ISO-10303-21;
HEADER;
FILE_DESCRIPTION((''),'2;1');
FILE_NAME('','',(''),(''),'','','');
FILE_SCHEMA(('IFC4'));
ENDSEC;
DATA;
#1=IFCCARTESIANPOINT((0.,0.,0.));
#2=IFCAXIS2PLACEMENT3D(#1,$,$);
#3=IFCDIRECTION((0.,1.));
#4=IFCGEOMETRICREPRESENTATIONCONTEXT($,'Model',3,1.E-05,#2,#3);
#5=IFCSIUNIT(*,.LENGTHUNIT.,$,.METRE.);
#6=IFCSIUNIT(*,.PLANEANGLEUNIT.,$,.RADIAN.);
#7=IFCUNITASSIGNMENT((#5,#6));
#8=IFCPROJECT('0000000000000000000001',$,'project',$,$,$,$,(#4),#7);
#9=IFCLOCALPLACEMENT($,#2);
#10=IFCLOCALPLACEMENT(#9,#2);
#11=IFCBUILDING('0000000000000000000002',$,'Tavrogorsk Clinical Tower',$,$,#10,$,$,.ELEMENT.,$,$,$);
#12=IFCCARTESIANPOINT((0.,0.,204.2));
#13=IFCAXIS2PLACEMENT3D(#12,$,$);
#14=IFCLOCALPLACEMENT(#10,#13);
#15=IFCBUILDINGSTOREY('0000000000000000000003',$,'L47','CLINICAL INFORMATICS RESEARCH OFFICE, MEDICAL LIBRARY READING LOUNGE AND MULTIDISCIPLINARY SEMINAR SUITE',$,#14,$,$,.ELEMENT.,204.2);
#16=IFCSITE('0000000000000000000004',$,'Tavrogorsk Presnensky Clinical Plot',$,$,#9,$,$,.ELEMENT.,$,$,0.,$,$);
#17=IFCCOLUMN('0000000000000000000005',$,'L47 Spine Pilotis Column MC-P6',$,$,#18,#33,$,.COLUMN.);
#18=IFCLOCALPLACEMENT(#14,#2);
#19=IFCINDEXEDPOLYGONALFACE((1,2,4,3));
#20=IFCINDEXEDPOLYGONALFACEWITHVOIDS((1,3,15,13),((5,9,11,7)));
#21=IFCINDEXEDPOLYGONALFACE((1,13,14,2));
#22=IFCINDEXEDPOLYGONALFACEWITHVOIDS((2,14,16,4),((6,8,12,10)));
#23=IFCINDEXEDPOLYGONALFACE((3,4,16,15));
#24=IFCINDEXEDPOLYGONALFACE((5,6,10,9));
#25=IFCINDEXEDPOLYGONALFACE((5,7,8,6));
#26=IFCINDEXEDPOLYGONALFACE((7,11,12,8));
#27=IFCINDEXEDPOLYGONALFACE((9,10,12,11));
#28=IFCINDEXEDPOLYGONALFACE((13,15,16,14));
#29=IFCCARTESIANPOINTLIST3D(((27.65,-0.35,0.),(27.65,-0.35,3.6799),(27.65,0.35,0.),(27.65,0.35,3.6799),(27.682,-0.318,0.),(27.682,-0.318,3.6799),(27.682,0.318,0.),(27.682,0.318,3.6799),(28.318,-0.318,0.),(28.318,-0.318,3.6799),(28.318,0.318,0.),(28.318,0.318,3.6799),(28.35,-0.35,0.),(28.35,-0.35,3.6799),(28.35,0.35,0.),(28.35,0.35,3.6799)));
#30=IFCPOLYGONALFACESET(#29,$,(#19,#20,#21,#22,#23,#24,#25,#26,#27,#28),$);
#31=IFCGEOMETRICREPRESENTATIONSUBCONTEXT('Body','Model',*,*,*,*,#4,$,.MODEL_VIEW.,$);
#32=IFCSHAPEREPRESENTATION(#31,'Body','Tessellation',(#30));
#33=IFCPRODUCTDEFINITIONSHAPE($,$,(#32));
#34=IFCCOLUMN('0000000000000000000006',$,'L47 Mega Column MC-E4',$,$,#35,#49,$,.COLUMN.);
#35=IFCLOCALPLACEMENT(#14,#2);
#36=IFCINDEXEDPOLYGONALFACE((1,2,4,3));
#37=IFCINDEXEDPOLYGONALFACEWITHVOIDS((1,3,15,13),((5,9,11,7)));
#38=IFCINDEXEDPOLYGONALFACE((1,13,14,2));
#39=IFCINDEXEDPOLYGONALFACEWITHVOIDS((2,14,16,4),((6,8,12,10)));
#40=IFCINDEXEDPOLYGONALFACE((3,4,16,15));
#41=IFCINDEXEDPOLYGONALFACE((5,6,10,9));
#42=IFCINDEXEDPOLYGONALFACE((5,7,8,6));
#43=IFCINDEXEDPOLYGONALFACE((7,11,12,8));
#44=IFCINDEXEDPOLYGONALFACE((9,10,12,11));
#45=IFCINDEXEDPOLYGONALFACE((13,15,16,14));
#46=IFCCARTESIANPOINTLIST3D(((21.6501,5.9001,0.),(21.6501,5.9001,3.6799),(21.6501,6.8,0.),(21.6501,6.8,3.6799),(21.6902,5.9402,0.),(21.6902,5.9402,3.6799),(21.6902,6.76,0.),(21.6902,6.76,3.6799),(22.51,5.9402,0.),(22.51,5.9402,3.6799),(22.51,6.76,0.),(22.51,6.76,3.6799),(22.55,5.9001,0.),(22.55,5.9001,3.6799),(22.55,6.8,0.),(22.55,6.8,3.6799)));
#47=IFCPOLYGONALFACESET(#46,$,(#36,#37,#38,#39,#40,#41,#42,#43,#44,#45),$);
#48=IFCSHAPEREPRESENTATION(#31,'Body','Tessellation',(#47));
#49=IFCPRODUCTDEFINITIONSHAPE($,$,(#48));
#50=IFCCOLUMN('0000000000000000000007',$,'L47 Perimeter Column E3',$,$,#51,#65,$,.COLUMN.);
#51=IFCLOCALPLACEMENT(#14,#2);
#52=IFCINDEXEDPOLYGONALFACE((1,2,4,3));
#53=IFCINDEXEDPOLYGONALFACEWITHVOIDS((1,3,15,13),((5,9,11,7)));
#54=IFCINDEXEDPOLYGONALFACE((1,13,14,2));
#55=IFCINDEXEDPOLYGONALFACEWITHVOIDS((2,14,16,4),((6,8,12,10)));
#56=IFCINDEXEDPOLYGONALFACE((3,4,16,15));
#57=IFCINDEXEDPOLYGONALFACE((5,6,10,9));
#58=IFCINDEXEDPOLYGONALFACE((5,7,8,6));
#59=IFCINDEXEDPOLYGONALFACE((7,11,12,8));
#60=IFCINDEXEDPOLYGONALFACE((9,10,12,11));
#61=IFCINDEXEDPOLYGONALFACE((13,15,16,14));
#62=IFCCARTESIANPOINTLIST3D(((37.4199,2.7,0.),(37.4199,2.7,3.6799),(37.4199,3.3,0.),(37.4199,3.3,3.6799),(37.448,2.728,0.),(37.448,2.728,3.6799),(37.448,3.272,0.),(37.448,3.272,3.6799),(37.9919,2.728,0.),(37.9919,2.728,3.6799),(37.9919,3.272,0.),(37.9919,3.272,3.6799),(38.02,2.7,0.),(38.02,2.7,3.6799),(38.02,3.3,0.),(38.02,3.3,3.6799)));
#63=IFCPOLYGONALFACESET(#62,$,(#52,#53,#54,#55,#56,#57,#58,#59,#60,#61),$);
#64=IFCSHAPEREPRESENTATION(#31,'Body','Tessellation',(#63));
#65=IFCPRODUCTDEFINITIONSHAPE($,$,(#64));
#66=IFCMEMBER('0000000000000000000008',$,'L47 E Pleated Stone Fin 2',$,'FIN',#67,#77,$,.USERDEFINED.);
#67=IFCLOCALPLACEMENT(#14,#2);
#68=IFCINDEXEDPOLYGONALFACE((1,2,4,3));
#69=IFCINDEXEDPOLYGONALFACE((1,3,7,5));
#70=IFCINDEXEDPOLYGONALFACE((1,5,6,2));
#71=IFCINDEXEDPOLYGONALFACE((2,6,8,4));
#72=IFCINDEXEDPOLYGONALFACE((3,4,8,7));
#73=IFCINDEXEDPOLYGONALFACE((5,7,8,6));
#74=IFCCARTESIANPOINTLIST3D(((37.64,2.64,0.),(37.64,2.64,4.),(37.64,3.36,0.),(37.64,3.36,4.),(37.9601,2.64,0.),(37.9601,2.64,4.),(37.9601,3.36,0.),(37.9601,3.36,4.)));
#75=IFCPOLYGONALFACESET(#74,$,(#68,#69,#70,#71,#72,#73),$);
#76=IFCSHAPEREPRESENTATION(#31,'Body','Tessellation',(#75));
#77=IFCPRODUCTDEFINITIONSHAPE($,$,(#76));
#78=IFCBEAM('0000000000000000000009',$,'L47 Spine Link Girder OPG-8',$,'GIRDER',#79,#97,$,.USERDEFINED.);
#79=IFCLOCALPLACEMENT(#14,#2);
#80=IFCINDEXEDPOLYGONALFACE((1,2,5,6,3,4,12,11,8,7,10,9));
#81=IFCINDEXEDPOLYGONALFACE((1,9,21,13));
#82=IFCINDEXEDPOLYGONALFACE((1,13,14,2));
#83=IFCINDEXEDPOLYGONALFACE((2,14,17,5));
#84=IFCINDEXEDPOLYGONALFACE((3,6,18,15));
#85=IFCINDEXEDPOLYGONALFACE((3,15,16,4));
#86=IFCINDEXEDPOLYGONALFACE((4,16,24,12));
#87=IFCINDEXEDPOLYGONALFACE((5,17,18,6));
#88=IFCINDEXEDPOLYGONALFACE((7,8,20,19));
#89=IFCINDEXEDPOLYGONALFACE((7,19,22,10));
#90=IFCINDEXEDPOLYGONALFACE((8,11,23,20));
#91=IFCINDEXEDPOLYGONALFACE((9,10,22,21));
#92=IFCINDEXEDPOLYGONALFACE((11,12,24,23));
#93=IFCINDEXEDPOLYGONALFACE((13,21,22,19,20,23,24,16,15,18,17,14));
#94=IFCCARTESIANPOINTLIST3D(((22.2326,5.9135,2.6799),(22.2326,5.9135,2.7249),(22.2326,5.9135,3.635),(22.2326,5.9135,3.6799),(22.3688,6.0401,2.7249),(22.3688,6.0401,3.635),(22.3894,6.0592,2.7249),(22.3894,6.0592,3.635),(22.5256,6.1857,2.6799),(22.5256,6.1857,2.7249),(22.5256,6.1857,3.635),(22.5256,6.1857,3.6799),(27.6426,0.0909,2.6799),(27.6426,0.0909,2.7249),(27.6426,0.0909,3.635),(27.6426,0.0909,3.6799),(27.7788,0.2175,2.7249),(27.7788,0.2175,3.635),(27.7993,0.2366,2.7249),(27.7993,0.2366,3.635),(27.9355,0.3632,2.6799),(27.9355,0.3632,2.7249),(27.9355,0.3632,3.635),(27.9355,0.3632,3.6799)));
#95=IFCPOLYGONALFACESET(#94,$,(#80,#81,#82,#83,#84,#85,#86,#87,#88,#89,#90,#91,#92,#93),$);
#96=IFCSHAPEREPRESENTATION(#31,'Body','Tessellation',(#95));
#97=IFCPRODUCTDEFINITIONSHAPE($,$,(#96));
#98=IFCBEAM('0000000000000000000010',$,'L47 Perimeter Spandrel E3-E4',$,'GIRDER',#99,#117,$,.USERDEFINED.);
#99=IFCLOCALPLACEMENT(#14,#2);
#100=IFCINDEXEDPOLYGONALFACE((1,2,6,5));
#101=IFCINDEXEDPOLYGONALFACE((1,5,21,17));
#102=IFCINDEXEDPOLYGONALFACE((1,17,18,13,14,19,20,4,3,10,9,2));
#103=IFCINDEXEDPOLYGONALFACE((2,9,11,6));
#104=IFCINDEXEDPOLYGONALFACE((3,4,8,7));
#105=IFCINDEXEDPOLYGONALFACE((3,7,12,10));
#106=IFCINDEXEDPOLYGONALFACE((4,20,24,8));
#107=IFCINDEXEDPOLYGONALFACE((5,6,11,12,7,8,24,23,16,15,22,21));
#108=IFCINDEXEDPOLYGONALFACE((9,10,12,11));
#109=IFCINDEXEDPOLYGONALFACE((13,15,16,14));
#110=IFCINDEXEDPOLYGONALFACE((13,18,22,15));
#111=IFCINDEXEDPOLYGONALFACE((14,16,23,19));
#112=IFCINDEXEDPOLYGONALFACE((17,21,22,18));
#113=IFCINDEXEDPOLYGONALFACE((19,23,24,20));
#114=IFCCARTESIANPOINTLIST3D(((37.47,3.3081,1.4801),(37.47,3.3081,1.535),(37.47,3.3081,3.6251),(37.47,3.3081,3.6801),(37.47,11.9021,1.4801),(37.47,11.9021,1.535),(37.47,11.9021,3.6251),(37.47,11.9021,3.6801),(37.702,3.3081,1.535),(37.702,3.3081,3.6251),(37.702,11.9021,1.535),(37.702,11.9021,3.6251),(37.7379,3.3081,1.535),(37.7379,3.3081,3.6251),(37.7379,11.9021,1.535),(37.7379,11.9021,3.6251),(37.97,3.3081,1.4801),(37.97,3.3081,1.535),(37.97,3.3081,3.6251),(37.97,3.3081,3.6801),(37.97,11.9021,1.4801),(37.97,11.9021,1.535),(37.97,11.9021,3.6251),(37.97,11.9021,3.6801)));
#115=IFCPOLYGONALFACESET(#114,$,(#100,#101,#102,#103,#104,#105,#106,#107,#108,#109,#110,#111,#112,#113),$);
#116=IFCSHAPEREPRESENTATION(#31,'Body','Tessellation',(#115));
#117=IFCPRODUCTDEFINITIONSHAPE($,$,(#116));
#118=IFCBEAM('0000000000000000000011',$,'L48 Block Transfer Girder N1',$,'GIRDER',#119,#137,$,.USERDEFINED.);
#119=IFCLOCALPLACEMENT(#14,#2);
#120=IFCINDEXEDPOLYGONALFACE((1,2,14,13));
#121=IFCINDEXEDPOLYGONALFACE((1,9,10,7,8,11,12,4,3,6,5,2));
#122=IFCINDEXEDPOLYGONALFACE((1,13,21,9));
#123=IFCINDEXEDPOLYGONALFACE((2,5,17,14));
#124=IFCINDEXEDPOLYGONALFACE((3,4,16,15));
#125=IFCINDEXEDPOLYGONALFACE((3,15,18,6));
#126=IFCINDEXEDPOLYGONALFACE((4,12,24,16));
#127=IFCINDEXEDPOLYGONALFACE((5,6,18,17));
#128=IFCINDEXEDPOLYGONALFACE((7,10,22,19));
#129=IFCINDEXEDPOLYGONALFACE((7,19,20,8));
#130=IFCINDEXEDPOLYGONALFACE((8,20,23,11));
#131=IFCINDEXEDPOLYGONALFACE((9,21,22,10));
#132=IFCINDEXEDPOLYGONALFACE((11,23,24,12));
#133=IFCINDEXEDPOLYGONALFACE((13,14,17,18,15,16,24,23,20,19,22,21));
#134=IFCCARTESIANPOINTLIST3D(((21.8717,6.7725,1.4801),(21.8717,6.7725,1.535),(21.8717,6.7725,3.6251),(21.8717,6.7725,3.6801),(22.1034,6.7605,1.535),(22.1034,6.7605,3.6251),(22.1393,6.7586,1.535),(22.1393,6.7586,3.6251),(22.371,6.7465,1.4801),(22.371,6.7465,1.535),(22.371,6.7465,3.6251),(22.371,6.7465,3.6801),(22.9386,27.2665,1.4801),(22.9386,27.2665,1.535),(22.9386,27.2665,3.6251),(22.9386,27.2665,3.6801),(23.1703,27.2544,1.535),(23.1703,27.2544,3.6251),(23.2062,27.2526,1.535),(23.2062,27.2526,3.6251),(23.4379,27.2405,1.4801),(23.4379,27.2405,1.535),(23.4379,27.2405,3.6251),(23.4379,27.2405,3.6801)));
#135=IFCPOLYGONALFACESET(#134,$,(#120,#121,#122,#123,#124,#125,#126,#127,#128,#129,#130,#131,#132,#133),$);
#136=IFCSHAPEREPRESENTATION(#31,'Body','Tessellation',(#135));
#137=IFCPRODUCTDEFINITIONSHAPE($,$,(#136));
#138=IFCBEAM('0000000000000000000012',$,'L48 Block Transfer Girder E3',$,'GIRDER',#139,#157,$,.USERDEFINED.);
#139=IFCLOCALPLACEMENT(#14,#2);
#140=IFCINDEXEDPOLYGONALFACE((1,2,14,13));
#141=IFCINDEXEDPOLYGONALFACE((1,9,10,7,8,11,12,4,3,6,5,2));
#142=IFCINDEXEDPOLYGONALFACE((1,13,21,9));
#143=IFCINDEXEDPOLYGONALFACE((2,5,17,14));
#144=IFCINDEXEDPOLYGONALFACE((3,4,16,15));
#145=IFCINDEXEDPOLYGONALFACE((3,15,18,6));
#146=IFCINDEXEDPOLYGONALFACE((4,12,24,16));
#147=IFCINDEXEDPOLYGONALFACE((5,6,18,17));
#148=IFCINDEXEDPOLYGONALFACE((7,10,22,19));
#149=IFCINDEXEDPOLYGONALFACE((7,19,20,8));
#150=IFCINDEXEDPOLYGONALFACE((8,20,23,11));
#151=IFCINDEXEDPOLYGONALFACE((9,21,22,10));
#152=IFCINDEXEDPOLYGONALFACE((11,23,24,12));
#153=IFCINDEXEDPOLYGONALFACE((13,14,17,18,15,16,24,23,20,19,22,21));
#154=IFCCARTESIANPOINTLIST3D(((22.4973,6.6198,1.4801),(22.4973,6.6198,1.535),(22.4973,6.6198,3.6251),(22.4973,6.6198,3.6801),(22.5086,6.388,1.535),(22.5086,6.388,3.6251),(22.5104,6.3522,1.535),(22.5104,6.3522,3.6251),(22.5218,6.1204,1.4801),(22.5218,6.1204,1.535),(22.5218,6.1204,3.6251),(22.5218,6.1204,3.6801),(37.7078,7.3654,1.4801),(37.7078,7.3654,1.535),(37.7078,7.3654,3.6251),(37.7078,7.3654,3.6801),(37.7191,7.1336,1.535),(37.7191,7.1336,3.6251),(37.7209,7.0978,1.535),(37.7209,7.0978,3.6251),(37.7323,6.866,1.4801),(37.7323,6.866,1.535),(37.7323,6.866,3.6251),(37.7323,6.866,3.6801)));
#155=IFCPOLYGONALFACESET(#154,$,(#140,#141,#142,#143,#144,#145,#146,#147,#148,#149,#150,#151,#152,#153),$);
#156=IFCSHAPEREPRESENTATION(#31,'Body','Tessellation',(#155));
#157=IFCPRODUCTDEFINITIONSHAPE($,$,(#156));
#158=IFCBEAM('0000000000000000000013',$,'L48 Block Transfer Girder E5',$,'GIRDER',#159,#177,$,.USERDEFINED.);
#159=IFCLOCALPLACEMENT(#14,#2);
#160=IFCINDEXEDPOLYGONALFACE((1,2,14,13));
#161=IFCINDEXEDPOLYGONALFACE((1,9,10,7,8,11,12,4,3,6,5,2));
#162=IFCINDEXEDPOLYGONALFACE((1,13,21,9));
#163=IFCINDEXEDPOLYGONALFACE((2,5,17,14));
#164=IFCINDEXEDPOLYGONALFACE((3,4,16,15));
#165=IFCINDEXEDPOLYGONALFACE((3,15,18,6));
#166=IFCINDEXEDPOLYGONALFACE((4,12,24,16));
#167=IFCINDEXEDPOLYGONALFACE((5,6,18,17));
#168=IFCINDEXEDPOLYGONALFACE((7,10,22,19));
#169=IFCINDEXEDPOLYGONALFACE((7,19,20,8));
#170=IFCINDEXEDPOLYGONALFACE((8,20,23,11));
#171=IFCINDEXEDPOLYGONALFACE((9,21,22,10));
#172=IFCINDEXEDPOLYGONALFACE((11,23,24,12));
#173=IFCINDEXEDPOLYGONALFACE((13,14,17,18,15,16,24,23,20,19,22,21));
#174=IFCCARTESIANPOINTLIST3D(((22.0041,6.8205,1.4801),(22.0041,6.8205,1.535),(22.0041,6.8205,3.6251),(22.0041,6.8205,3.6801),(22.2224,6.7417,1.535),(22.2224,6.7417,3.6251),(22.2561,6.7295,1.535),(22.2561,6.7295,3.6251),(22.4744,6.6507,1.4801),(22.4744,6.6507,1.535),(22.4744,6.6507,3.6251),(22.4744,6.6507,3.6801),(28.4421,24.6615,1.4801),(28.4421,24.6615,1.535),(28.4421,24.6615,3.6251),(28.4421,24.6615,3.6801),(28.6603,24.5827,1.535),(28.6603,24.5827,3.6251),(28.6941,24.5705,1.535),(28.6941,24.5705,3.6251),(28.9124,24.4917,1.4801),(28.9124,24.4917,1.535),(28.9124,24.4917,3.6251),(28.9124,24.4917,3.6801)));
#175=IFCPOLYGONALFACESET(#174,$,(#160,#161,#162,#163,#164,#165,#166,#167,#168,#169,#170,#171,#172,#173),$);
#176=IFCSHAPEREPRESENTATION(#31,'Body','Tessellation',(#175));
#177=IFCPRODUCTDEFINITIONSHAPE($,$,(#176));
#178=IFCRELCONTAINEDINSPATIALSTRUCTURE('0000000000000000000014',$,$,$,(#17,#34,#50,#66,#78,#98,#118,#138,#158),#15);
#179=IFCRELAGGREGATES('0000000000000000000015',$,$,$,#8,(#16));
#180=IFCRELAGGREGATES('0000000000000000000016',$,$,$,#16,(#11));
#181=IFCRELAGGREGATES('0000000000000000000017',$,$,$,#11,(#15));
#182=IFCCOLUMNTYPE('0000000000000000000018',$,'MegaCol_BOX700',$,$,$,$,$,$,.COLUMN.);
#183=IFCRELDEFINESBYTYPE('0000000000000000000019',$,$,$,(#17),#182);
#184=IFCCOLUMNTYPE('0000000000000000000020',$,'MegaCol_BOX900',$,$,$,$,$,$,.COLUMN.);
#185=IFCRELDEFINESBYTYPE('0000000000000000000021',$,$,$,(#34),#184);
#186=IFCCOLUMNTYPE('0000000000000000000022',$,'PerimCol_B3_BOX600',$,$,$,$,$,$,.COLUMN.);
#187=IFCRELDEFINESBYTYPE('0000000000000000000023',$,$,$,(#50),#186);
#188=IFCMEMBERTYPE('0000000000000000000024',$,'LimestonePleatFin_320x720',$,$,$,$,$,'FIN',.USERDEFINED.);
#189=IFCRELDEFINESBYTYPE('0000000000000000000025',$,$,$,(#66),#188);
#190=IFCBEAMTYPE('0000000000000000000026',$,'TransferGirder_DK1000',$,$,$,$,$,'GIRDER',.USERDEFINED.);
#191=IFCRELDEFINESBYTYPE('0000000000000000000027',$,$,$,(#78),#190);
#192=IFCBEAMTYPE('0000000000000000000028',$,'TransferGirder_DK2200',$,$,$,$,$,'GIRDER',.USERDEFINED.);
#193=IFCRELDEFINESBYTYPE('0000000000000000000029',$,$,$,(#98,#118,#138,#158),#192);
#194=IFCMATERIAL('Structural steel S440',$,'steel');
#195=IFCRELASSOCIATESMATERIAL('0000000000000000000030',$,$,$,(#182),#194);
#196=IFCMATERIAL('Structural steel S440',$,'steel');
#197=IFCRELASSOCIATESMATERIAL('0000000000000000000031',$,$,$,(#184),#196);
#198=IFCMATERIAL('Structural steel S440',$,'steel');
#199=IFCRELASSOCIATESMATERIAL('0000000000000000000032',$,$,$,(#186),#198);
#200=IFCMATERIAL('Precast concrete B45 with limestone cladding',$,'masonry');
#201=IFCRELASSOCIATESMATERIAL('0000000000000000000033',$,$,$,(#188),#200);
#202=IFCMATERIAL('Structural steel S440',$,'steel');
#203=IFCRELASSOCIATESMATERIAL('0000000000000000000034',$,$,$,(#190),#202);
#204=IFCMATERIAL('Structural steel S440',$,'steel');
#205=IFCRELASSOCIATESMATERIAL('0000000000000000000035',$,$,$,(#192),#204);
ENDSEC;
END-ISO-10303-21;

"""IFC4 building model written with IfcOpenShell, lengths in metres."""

from ifc_helpers import new_model, si_unit, direction, frame, origin, origin_2d, place, context, subcontext, project, spatial, rectangle, hollow_rectangle, i_section, extrude, material, material_profile, profile_set, type_object, element, save


model = new_model("IFC4")

# Units and contexts
model_context = context("Model", 3, precision=1e-05, world=origin(), true_north=direction((0.0, 1.0)))
body_context = subcontext(model_context, "Body", "Model", "MODEL_VIEW")
ifc_project = project(units=[si_unit("LENGTHUNIT", "METRE"), si_unit("PLANEANGLEUNIT", "RADIAN")], contexts=[model_context])

# Site, building, storey
site_placement = place(None, origin())
site = spatial("IfcSite", under=ifc_project, at=site_placement, Name="Tavrogorsk Presnensky Clinical Plot", CompositionType="ELEMENT", RefElevation=0.0)
building_placement = place(site_placement, origin())
building = spatial("IfcBuilding", under=site, at=building_placement, Name="Tavrogorsk Clinical Tower", CompositionType="ELEMENT")
storey_placement = place(building_placement, frame((0.0, 0.0, 204.2)))
storey = spatial("IfcBuildingStorey", under=building, at=storey_placement, Name="L47", Description="CLINICAL INFORMATICS RESEARCH OFFICE, MEDICAL LIBRARY READING LOUNGE AND MULTIDISCIPLINARY SEMINAR SUITE", CompositionType="ELEMENT", Elevation=204.2)

# Columns
ifc_material_1 = material(Name="Structural steel S440", Category="steel")
ifc_material_profile_1 = material_profile(ifc_material_1, hollow_rectangle(XDim=0.7, YDim=0.7, WallThickness=0.032, at=origin_2d()), Name="BOX-700x700x32")
ifc_profile_set_1 = profile_set([ifc_material_profile_1], Name="Structural steel S440")
column_type_1 = type_object("IfcColumnType", Name="MegaCol_BOX700", PredefinedType="COLUMN", material=ifc_profile_set_1)
column_1_placement = place(storey_placement, frame((28.0, 0.0, 0.0), z_axis=(0.0, 0.0, 1.0), x_axis=(1.0, 0.0, 0.0)))
element("IfcColumn", 1, at=column_1_placement, inside=storey, type_object=column_type_1, Name="L47 Spine Pilotis Column MC-P6", PredefinedType="COLUMN", context=body_context, shape_type="SweptSolid", body=[
    extrude(hollow_rectangle(XDim=0.7, YDim=0.7, WallThickness=0.032, at=origin_2d()), origin(), (0.0, 0.0, 1.0), 3.6799),
])
ifc_material_2 = material(Name="Structural steel S440", Category="steel")
ifc_material_profile_2 = material_profile(ifc_material_2, hollow_rectangle(XDim=0.8999, YDim=0.8999, WallThickness=0.04, at=origin_2d()), Name="BOX-900x900x40")
ifc_profile_set_2 = profile_set([ifc_material_profile_2], Name="Structural steel S440")
column_type_2 = type_object("IfcColumnType", Name="MegaCol_BOX900", PredefinedType="COLUMN", material=ifc_profile_set_2)
column_2_placement = place(storey_placement, frame((22.1001, 6.3501, 0.0), z_axis=(0.0, 0.0, 1.0), x_axis=(1.0, 0.0, 0.0)))
element("IfcColumn", 2, at=column_2_placement, inside=storey, type_object=column_type_2, Name="L47 Mega Column MC-E4", PredefinedType="COLUMN", context=body_context, shape_type="SweptSolid", body=[
    extrude(hollow_rectangle(XDim=0.8999, YDim=0.8999, WallThickness=0.04, at=origin_2d()), origin(), (0.0, 0.0, 1.0), 3.6799),
])
ifc_material_3 = material(Name="Structural steel S440", Category="steel")
ifc_material_profile_3 = material_profile(ifc_material_3, hollow_rectangle(XDim=0.6001, YDim=0.6001, WallThickness=0.0281, at=origin_2d()), Name="BOX-600x600x28")
ifc_profile_set_3 = profile_set([ifc_material_profile_3], Name="Structural steel S440")
column_type_3 = type_object("IfcColumnType", Name="PerimCol_B3_BOX600", PredefinedType="COLUMN", material=ifc_profile_set_3)
column_3_placement = place(storey_placement, frame((37.72, 3.0, 0.0), z_axis=(0.0, 0.0, 1.0), x_axis=(1.0, 0.0, 0.0)))
element("IfcColumn", 3, at=column_3_placement, inside=storey, type_object=column_type_3, Name="L47 Perimeter Column E3", PredefinedType="COLUMN", context=body_context, shape_type="SweptSolid", body=[
    extrude(hollow_rectangle(XDim=0.6001, YDim=0.6001, WallThickness=0.0281, at=origin_2d()), origin(), (0.0, 0.0, 1.0), 3.6799),
])

# Member
ifc_material_4 = material(Name="Precast concrete B45 with limestone cladding", Category="masonry")
ifc_material_profile_4 = material_profile(ifc_material_4, rectangle(XDim=0.3201, YDim=0.72, at=origin_2d()), Name="LIMESTONE-FIN-320x720")
ifc_profile_set_4 = profile_set([ifc_material_profile_4], Name="Precast concrete B45 with limestone cladding")
member_type = type_object("IfcMemberType", Name="LimestonePleatFin_320x720", ElementType="FIN", PredefinedType="USERDEFINED", material=ifc_profile_set_4)
member_placement = place(storey_placement, frame((37.8, 3.0, 0.0), z_axis=(0.0, 0.0, 1.0), x_axis=(1.0, 0.0, 0.0)))
element("IfcMember", 4, at=member_placement, inside=storey, type_object=member_type, Name="L47 E Pleated Stone Fin 2", ObjectType="FIN", PredefinedType="USERDEFINED", context=body_context, shape_type="SweptSolid", body=[
    extrude(rectangle(XDim=0.3201, YDim=0.72, at=origin_2d()), origin(), (0.0, 0.0, 1.0), 4.0),
])

# Beams
ifc_material_5 = material(Name="Structural steel S440", Category="steel")
ifc_material_profile_5 = material_profile(ifc_material_5, i_section(OverallWidth=0.3999, OverallDepth=1.0, WebThickness=0.0281, FlangeThickness=0.0449, at=origin_2d()), Name="DK-1000x400x28x45")
ifc_profile_set_5 = profile_set([ifc_material_profile_5], Name="Structural steel S440")
beam_type_1 = type_object("IfcBeamType", Name="TransferGirder_DK1000", ElementType="GIRDER", PredefinedType="USERDEFINED", material=ifc_profile_set_5)
beam_1_placement = place(storey_placement, frame((27.7891, 0.2271, 3.1799), z_axis=(-0.680674, 0.732587, 0.0), x_axis=(-0.732587, -0.680674, 0.0)))
element("IfcBeam", 5, at=beam_1_placement, inside=storey, type_object=beam_type_1, Name="L47 Spine Link Girder OPG-8", ObjectType="GIRDER", PredefinedType="USERDEFINED", context=body_context, shape_type="SweptSolid", body=[
    extrude(i_section(OverallWidth=0.3999, OverallDepth=1.0, WebThickness=0.0281, FlangeThickness=0.0449, at=origin_2d()), origin(), (0.0, 0.0, 1.0), 7.948),
])
ifc_material_6 = material(Name="Structural steel S440", Category="steel")
ifc_material_profile_6 = material_profile(ifc_material_6, i_section(OverallWidth=0.5, OverallDepth=2.2, WebThickness=0.0359, FlangeThickness=0.0549, at=origin_2d()), Name="DK-2200x500x36x55")
ifc_profile_set_6 = profile_set([ifc_material_profile_6], Name="Structural steel S440")
beam_type_2 = type_object("IfcBeamType", Name="TransferGirder_DK2200", ElementType="GIRDER", PredefinedType="USERDEFINED", material=ifc_profile_set_6)
beam_2_placement = place(storey_placement, frame((37.72, 3.3081, 2.5801), z_axis=(0.0, 1.0, 0.0), x_axis=(-1.0, 0.0, 0.0)))
element("IfcBeam", 6, at=beam_2_placement, inside=storey, type_object=beam_type_2, Name="L47 Perimeter Spandrel E3-E4", ObjectType="GIRDER", PredefinedType="USERDEFINED", context=body_context, shape_type="SweptSolid", body=[
    extrude(i_section(OverallWidth=0.5, OverallDepth=2.2, WebThickness=0.0359, FlangeThickness=0.0549, at=origin_2d()), origin(), (0.0, 0.0, 1.0), 8.594),
])
beam_3_placement = place(storey_placement, frame((22.1213, 6.7595, 2.5801), z_axis=(0.051989, 0.998648, 0.0), x_axis=(-0.998648, 0.051989, 0.0)))
element("IfcBeam", 7, at=beam_3_placement, inside=storey, type_object=beam_type_2, Name="L48 Block Transfer Girder N1", ObjectType="GIRDER", PredefinedType="USERDEFINED", context=body_context, shape_type="SweptSolid", body=[
    extrude(i_section(OverallWidth=0.5, OverallDepth=2.2, WebThickness=0.0359, FlangeThickness=0.0549, at=origin_2d()), origin(), (0.0, 0.0, 1.0), 20.5217),
])
beam_4_placement = place(storey_placement, frame((22.5095, 6.3701, 2.5801), z_axis=(0.998801, 0.048961, 0.0), x_axis=(-0.048961, 0.998801, 0.0)))
element("IfcBeam", 8, at=beam_4_placement, inside=storey, type_object=beam_type_2, Name="L48 Block Transfer Girder E3", ObjectType="GIRDER", PredefinedType="USERDEFINED", context=body_context, shape_type="SweptSolid", body=[
    extrude(i_section(OverallWidth=0.5, OverallDepth=2.2, WebThickness=0.0359, FlangeThickness=0.0549, at=origin_2d()), origin(), (0.0, 0.0, 1.0), 15.2288),
])
beam_5_placement = place(storey_placement, frame((22.2393, 6.7356, 2.5801), z_axis=(0.339429, 0.940632, 0.0), x_axis=(-0.940632, 0.339429, 0.0)))
element("IfcBeam", 9, at=beam_5_placement, inside=storey, type_object=beam_type_2, Name="L48 Block Transfer Girder E5", ObjectType="GIRDER", PredefinedType="USERDEFINED", context=body_context, shape_type="SweptSolid", body=[
    extrude(i_section(OverallWidth=0.5, OverallDepth=2.2, WebThickness=0.0359, FlangeThickness=0.0549, at=origin_2d()), origin(), (0.0, 0.0, 1.0), 18.967),
])

save(model, "model.ifc")
